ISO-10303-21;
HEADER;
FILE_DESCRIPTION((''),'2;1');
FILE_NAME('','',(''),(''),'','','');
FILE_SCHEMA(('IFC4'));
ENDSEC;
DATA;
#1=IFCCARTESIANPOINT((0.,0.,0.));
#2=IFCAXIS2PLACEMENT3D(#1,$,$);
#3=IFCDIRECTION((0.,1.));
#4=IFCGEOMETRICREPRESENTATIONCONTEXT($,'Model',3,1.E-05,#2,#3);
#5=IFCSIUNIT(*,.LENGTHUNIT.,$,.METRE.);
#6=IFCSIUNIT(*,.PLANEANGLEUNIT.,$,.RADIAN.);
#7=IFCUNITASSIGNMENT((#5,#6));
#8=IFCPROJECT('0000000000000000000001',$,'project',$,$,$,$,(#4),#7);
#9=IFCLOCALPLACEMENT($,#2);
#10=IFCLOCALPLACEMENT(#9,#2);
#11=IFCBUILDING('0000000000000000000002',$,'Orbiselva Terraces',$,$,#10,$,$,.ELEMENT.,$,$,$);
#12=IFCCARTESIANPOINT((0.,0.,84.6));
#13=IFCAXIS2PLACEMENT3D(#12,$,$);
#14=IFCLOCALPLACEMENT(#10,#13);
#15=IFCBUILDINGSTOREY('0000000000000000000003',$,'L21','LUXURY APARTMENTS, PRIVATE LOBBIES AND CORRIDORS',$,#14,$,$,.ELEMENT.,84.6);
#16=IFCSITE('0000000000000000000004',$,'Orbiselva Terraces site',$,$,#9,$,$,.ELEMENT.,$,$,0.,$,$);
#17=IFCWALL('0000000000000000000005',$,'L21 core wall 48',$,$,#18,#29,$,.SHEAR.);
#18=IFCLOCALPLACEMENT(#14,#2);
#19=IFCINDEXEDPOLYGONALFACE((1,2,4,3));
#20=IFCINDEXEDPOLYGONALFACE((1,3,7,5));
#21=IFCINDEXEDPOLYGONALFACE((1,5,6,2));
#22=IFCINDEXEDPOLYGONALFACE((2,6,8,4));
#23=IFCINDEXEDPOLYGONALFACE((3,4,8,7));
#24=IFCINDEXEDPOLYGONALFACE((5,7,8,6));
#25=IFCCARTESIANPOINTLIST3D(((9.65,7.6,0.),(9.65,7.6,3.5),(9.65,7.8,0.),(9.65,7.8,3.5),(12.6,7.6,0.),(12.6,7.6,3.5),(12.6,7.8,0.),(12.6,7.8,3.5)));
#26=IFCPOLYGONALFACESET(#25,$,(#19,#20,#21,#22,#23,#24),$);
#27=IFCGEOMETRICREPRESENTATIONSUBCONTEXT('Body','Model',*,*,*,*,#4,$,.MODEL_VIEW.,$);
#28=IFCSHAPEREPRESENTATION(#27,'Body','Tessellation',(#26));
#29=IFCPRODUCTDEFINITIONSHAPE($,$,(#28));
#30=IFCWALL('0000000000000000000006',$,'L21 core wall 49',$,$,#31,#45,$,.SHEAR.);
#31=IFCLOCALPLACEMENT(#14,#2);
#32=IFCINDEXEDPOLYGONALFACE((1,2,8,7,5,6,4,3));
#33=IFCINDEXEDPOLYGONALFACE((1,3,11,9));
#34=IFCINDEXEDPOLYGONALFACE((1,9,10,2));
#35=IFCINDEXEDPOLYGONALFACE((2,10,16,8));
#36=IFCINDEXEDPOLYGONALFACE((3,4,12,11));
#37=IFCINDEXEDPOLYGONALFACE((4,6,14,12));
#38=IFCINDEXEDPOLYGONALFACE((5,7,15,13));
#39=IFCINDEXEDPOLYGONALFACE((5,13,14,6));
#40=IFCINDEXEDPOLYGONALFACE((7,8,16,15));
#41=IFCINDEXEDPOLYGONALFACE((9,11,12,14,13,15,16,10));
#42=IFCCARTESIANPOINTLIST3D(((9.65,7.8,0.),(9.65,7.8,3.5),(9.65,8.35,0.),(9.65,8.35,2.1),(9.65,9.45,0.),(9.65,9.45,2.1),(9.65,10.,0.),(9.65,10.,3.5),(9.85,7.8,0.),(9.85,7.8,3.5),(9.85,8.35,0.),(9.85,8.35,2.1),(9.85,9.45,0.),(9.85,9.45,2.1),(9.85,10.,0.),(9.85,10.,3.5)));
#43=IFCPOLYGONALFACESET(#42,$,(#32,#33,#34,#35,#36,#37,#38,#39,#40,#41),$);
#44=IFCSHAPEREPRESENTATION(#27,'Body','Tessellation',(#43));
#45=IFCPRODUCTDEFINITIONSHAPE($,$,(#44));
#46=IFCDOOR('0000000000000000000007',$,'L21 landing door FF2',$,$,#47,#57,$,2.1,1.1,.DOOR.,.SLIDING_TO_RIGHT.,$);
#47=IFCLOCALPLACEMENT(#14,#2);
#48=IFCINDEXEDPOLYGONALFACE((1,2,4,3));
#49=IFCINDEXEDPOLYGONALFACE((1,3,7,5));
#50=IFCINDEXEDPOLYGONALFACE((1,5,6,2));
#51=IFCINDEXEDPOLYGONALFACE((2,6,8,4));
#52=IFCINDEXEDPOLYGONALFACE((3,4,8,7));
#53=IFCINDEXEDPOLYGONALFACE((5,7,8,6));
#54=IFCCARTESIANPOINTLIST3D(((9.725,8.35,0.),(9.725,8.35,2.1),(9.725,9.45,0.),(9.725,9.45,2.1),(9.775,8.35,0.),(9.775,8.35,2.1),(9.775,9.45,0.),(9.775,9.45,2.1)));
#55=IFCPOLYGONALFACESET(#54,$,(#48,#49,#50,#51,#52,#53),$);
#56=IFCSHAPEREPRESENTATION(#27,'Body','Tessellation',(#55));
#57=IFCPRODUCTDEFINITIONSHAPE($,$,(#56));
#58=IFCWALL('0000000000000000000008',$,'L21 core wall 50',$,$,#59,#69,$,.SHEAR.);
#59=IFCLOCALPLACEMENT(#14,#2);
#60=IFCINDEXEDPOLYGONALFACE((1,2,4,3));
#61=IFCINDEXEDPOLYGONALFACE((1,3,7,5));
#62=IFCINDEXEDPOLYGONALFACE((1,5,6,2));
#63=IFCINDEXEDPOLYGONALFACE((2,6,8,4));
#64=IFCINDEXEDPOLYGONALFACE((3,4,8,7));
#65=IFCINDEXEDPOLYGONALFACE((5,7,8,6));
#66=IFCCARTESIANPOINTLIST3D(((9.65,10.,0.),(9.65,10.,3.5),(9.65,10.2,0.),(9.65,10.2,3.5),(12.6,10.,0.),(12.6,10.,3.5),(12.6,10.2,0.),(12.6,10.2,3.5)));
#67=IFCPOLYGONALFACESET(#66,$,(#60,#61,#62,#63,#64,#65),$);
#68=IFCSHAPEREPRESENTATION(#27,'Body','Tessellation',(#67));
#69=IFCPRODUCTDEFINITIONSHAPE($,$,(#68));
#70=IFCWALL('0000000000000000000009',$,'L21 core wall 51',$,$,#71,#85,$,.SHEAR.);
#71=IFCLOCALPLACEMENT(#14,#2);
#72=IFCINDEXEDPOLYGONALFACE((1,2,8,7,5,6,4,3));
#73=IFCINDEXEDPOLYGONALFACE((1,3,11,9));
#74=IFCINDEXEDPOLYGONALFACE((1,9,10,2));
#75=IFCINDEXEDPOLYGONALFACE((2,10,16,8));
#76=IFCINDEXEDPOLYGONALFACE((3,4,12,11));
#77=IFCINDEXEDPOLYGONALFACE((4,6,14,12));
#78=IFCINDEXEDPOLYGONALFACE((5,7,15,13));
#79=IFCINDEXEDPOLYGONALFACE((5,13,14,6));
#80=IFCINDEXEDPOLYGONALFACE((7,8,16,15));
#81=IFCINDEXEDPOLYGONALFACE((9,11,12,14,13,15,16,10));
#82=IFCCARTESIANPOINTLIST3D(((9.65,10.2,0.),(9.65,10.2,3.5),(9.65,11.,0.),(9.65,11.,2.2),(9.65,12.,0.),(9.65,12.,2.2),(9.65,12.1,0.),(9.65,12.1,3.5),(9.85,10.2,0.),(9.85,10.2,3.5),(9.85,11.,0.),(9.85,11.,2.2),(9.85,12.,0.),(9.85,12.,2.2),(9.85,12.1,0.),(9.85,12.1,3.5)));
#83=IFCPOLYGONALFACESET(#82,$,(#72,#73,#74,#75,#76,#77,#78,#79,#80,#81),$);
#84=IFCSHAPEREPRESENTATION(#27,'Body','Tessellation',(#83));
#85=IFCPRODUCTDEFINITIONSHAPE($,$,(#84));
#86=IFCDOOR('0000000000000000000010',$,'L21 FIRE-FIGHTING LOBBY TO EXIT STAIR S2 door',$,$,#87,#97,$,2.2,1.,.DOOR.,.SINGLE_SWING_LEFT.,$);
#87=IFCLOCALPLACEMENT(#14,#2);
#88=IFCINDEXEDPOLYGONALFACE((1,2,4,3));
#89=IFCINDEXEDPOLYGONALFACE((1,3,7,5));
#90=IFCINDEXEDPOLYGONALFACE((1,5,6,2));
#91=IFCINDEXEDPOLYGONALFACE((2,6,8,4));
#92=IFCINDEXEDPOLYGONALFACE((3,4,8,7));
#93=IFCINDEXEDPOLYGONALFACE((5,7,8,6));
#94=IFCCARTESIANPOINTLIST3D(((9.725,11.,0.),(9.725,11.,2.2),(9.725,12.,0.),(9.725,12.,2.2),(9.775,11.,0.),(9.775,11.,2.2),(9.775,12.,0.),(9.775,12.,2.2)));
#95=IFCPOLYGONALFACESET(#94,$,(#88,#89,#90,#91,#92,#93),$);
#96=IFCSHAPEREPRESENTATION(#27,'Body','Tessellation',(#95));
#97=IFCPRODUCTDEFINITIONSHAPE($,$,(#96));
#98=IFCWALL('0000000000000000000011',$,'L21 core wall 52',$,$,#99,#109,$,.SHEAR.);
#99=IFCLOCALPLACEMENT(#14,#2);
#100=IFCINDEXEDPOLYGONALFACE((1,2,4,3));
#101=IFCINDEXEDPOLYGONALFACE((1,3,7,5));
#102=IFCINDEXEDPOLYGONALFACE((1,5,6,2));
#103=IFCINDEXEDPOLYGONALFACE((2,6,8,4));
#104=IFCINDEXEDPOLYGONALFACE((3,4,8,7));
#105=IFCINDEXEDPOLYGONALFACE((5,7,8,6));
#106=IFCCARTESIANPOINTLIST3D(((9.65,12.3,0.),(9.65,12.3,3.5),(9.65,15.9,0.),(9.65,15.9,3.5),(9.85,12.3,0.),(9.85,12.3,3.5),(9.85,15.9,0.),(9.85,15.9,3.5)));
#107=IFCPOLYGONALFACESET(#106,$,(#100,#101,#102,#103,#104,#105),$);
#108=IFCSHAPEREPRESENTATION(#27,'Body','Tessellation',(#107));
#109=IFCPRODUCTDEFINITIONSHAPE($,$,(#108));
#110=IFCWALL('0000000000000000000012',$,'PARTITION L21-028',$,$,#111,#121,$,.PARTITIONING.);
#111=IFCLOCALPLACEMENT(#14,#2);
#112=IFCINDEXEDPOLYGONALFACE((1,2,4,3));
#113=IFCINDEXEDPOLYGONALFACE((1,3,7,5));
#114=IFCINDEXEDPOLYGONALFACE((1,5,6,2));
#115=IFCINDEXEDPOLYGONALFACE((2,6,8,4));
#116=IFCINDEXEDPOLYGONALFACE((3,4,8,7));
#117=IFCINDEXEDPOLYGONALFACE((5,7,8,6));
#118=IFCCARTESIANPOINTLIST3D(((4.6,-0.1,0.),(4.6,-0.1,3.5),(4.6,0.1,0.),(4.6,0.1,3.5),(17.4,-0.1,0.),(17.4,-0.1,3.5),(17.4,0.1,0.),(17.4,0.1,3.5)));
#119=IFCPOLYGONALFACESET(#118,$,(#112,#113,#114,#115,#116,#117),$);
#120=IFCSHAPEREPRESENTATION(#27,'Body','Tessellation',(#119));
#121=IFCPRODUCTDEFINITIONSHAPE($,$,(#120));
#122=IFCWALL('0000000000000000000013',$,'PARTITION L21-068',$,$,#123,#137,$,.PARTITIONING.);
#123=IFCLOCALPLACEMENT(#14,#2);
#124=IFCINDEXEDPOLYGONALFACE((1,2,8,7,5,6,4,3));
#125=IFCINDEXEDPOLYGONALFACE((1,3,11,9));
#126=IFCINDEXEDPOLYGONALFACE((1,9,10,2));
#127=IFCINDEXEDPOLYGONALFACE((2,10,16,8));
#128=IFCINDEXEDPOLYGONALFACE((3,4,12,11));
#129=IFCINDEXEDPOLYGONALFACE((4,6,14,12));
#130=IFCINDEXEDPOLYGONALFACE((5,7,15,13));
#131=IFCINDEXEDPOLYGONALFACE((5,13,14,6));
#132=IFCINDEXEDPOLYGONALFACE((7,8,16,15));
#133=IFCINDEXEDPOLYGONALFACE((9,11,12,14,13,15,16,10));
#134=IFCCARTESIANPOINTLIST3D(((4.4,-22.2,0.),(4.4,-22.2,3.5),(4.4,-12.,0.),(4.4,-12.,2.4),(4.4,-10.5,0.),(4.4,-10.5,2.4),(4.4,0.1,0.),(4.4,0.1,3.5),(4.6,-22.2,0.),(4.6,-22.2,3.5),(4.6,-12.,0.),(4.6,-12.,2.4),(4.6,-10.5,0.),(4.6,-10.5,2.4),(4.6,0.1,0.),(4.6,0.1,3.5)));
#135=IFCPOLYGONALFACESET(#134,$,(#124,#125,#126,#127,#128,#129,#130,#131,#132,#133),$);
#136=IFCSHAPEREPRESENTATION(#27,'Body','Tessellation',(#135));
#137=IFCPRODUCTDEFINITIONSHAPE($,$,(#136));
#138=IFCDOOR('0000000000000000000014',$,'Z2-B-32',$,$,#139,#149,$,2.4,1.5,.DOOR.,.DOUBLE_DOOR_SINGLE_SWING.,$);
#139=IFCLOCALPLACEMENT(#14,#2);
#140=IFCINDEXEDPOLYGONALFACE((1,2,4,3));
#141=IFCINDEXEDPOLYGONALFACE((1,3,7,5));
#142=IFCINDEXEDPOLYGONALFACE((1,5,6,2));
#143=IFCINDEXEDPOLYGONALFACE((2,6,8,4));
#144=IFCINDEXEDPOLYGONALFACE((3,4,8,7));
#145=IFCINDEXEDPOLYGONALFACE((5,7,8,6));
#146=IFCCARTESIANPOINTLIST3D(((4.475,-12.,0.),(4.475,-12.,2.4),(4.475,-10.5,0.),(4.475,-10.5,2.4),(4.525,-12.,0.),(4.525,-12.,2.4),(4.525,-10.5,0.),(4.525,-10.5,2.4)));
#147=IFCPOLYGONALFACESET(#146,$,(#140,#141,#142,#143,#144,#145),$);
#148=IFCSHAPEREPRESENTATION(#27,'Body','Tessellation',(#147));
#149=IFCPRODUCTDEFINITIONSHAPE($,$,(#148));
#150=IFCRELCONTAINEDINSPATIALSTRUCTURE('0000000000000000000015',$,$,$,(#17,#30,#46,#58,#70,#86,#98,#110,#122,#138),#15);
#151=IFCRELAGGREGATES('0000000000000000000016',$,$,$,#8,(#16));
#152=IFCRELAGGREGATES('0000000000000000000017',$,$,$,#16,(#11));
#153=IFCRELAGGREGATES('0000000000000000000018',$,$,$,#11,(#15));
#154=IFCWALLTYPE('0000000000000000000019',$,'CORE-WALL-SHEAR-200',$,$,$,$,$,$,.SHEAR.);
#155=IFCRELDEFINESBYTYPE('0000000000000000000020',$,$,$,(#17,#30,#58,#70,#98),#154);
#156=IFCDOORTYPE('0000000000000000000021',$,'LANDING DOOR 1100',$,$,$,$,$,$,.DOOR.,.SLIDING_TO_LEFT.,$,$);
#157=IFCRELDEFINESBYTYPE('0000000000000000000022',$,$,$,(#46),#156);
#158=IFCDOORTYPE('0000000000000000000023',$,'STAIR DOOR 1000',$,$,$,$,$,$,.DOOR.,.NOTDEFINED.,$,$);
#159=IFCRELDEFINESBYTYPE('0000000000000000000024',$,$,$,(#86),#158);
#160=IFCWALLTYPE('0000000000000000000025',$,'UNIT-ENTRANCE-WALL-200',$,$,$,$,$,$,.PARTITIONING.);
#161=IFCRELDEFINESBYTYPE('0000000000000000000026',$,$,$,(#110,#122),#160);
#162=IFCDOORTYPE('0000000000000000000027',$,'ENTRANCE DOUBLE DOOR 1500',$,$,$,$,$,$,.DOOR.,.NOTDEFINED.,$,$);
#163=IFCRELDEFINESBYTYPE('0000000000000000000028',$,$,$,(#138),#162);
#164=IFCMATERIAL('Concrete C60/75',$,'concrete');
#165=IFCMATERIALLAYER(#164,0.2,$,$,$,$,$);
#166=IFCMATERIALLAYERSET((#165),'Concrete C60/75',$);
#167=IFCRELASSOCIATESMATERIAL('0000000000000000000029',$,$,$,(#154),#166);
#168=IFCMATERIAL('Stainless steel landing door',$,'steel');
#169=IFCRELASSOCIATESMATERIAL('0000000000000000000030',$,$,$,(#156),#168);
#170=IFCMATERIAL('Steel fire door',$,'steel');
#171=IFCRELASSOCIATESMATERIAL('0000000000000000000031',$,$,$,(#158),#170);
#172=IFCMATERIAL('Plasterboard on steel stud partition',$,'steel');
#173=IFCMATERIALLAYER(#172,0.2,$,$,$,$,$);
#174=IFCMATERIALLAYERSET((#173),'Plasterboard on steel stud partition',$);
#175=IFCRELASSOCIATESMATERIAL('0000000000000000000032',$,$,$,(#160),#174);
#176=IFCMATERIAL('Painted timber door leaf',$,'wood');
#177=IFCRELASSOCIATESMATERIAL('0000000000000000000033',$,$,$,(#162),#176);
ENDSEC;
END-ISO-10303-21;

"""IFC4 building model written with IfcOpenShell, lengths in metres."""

from ifc_helpers import new_model, si_unit, direction, frame, frame_2d, origin, place, context, subcontext, project, spatial, rectangle, extrude, material, layer, layer_set, type_object, element, fill, save


model = new_model("IFC4")

# Units and contexts
model_context = context("Model", 3, precision=1e-05, world=origin(), true_north=direction((0.0, 1.0)))
body_context = subcontext(model_context, "Body", "Model", "MODEL_VIEW")
ifc_project = project(units=[si_unit("LENGTHUNIT", "METRE"), si_unit("PLANEANGLEUNIT", "RADIAN")], contexts=[model_context])

# Site, building, storey
site_placement = place(None, origin())
site = spatial("IfcSite", under=ifc_project, at=site_placement, Name="Orbiselva Terraces site", CompositionType="ELEMENT", RefElevation=0.0)
building_placement = place(site_placement, origin())
building = spatial("IfcBuilding", under=site, at=building_placement, Name="Orbiselva Terraces", CompositionType="ELEMENT")
storey_placement = place(building_placement, frame((0.0, 0.0, 84.6)))
storey = spatial("IfcBuildingStorey", under=building, at=storey_placement, Name="L21", Description="LUXURY APARTMENTS, PRIVATE LOBBIES AND CORRIDORS", CompositionType="ELEMENT", Elevation=84.6)

# Shared definitions
ifc_material_1 = material(Name="Steel fire door", Category="steel")

# Shared definitions
ifc_material_2 = material(Name="Concrete C60/75", Category="concrete")
ifc_layer_1 = layer(ifc_material_2, 0.2)
ifc_layer_set_1 = layer_set([ifc_layer_1], Name="Concrete C60/75")
wall_type_1 = type_object("IfcWallType", Name="CORE-WALL-SHEAR-200", PredefinedType="SHEAR", material=ifc_layer_set_1)

# Shared definitions
ifc_material_3 = material(Name="Stainless steel landing door", Category="steel")
door_type_1 = type_object("IfcDoorType", Name="LANDING DOOR 1100", OperationType="SLIDING_TO_LEFT", PredefinedType="DOOR", material=ifc_material_3)

# Wall
wall_1_placement = place(storey_placement, frame((9.65, 7.7, 0.0), z_axis=(0.0, 0.0, 1.0), x_axis=(1.0, 0.0, 0.0)))
element("IfcWall", 1, at=wall_1_placement, inside=storey, type_object=wall_type_1, Name="L21 core wall 48", PredefinedType="SHEAR", context=body_context, shape_type="SweptSolid", body=[
    extrude(rectangle(XDim=2.95, YDim=0.2, at=frame_2d((1.475, 0.0))), origin(), (0.0, 0.0, 1.0), 3.5),
])

# Wall, opening, door
wall_2_placement = place(storey_placement, frame((9.75, 7.8, 0.0), z_axis=(0.0, 0.0, 1.0), x_axis=(0.0, 1.0, 0.0)))
wall_2 = element("IfcWall", 2, at=wall_2_placement, inside=storey, type_object=wall_type_1, Name="L21 core wall 49", PredefinedType="SHEAR", context=body_context, shape_type="SweptSolid", body=[
    extrude(rectangle(XDim=2.2, YDim=0.2, at=frame_2d((1.1, 0.0))), origin(), (0.0, 0.0, 1.0), 3.5),
])
opening_1_placement = place(wall_2_placement, frame((0.55, 0.0, 0.0)))
opening_1 = element("IfcOpeningElement", 3, at=opening_1_placement, cuts=wall_2, PredefinedType="OPENING", context=body_context, shape_type="SweptSolid", body=[
    extrude(rectangle(XDim=1.1, YDim=2.1, at=frame_2d((0.55, 1.05))), frame((0.0, 0.11, 0.0), z_axis=(0.0, -1.0, 0.0), x_axis=(1.0, 0.0, 0.0)), (0.0, 0.0, 1.0), 0.22),
])
door_1_placement = place(opening_1_placement, origin())
door_1 = element("IfcDoor", 4, at=door_1_placement, inside=storey, type_object=door_type_1, Name="L21 landing door FF2", OperationType="SLIDING_TO_RIGHT", OverallHeight=2.1, OverallWidth=1.1, PredefinedType="DOOR", context=body_context, shape_type="SweptSolid", body=[
    extrude(rectangle(XDim=1.1, YDim=2.1, at=frame_2d((0.55, 1.05))), frame((0.0, 0.025, 0.0), z_axis=(0.0, -1.0, 0.0), x_axis=(1.0, 0.0, 0.0)), (0.0, 0.0, 1.0), 0.05),
])
fill(opening_1, door_1)

# Wall
wall_3_placement = place(storey_placement, frame((9.65, 10.1, 0.0), z_axis=(0.0, 0.0, 1.0), x_axis=(1.0, 0.0, 0.0)))
element("IfcWall", 5, at=wall_3_placement, inside=storey, type_object=wall_type_1, Name="L21 core wall 50", PredefinedType="SHEAR", context=body_context, shape_type="SweptSolid", body=[
    extrude(rectangle(XDim=2.95, YDim=0.2, at=frame_2d((1.475, 0.0))), origin(), (0.0, 0.0, 1.0), 3.5),
])

# Wall, opening, door
wall_4_placement = place(storey_placement, frame((9.75, 12.1, 0.0), z_axis=(0.0, 0.0, 1.0), x_axis=(0.0, -1.0, 0.0)))
wall_4 = element("IfcWall", 6, at=wall_4_placement, inside=storey, type_object=wall_type_1, Name="L21 core wall 51", PredefinedType="SHEAR", context=body_context, shape_type="SweptSolid", body=[
    extrude(rectangle(XDim=1.9, YDim=0.2, at=frame_2d((0.95, 0.0))), origin(), (0.0, 0.0, 1.0), 3.5),
])
opening_2_placement = place(wall_4_placement, frame((0.1, 0.0, 0.0)))
opening_2 = element("IfcOpeningElement", 7, at=opening_2_placement, cuts=wall_4, PredefinedType="OPENING", context=body_context, shape_type="SweptSolid", body=[
    extrude(rectangle(XDim=1.0, YDim=2.2, at=frame_2d((0.5, 1.1))), frame((0.0, 0.11, 0.0), z_axis=(0.0, -1.0, 0.0), x_axis=(1.0, 0.0, 0.0)), (0.0, 0.0, 1.0), 0.22),
])
door_type_2 = type_object("IfcDoorType", Name="STAIR DOOR 1000", OperationType="NOTDEFINED", PredefinedType="DOOR", material=ifc_material_1)
door_2_placement = place(opening_2_placement, origin())
door_2 = element("IfcDoor", 8, at=door_2_placement, inside=storey, type_object=door_type_2, Name="L21 FIRE-FIGHTING LOBBY TO EXIT STAIR S2 door", OperationType="SINGLE_SWING_LEFT", OverallHeight=2.2, OverallWidth=1.0, PredefinedType="DOOR", context=body_context, shape_type="SweptSolid", body=[
    extrude(rectangle(XDim=1.0, YDim=2.2, at=frame_2d((0.5, 1.1))), frame((0.0, 0.025, 0.0), z_axis=(0.0, -1.0, 0.0), x_axis=(1.0, 0.0, 0.0)), (0.0, 0.0, 1.0), 0.05),
])
fill(opening_2, door_2)

# Walls
wall_5_placement = place(storey_placement, frame((9.75, 12.3, 0.0), z_axis=(0.0, 0.0, 1.0), x_axis=(0.0, 1.0, 0.0)))
element("IfcWall", 9, at=wall_5_placement, inside=storey, type_object=wall_type_1, Name="L21 core wall 52", PredefinedType="SHEAR", context=body_context, shape_type="SweptSolid", body=[
    extrude(rectangle(XDim=3.6, YDim=0.2, at=frame_2d((1.8, 0.0))), origin(), (0.0, 0.0, 1.0), 3.5),
])
ifc_material_4 = material(Name="Plasterboard on steel stud partition", Category="steel")
ifc_layer_2 = layer(ifc_material_4, 0.2)
ifc_layer_set_2 = layer_set([ifc_layer_2], Name="Plasterboard on steel stud partition")
wall_type_2 = type_object("IfcWallType", Name="UNIT-ENTRANCE-WALL-200", PredefinedType="PARTITIONING", material=ifc_layer_set_2)
wall_6_placement = place(storey_placement, frame((4.6, 0.0, 0.0), z_axis=(0.0, 0.0, 1.0), x_axis=(1.0, 0.0, 0.0)))
element("IfcWall", 10, at=wall_6_placement, inside=storey, type_object=wall_type_2, Name="PARTITION L21-028", PredefinedType="PARTITIONING", context=body_context, shape_type="SweptSolid", body=[
    extrude(rectangle(XDim=12.8, YDim=0.2, at=frame_2d((6.4, 0.0))), origin(), (0.0, 0.0, 1.0), 3.5),
])

# Wall, opening, door
wall_7_placement = place(storey_placement, frame((4.5, 0.1, 0.0), z_axis=(0.0, 0.0, 1.0), x_axis=(0.0, -1.0, 0.0)))
wall_7 = element("IfcWall", 11, at=wall_7_placement, inside=storey, type_object=wall_type_2, Name="PARTITION L21-068", PredefinedType="PARTITIONING", context=body_context, shape_type="SweptSolid", body=[
    extrude(rectangle(XDim=22.3, YDim=0.2, at=frame_2d((11.15, 0.0))), origin(), (0.0, 0.0, 1.0), 3.5),
])
opening_3_placement = place(wall_7_placement, frame((10.6, 0.0, 0.0)))
opening_3 = element("IfcOpeningElement", 12, at=opening_3_placement, cuts=wall_7, PredefinedType="OPENING", context=body_context, shape_type="SweptSolid", body=[
    extrude(rectangle(XDim=1.5, YDim=2.4, at=frame_2d((0.75, 1.2))), frame((0.0, 0.11, 0.0), z_axis=(0.0, -1.0, 0.0), x_axis=(1.0, 0.0, 0.0)), (0.0, 0.0, 1.0), 0.22),
])
ifc_material_5 = material(Name="Painted timber door leaf", Category="wood")
door_type_3 = type_object("IfcDoorType", Name="ENTRANCE DOUBLE DOOR 1500", OperationType="NOTDEFINED", PredefinedType="DOOR", material=ifc_material_5)
door_3_placement = place(opening_3_placement, origin())
door_3 = element("IfcDoor", 13, at=door_3_placement, inside=storey, type_object=door_type_3, Name="Z2-B-32", OperationType="DOUBLE_DOOR_SINGLE_SWING", OverallHeight=2.4, OverallWidth=1.5, PredefinedType="DOOR", context=body_context, shape_type="SweptSolid", body=[
    extrude(rectangle(XDim=1.5, YDim=2.4, at=frame_2d((0.75, 1.2))), frame((0.0, 0.025, 0.0), z_axis=(0.0, -1.0, 0.0), x_axis=(1.0, 0.0, 0.0)), (0.0, 0.0, 1.0), 0.05),
])
fill(opening_3, door_3)

save(model, "model.ifc")
